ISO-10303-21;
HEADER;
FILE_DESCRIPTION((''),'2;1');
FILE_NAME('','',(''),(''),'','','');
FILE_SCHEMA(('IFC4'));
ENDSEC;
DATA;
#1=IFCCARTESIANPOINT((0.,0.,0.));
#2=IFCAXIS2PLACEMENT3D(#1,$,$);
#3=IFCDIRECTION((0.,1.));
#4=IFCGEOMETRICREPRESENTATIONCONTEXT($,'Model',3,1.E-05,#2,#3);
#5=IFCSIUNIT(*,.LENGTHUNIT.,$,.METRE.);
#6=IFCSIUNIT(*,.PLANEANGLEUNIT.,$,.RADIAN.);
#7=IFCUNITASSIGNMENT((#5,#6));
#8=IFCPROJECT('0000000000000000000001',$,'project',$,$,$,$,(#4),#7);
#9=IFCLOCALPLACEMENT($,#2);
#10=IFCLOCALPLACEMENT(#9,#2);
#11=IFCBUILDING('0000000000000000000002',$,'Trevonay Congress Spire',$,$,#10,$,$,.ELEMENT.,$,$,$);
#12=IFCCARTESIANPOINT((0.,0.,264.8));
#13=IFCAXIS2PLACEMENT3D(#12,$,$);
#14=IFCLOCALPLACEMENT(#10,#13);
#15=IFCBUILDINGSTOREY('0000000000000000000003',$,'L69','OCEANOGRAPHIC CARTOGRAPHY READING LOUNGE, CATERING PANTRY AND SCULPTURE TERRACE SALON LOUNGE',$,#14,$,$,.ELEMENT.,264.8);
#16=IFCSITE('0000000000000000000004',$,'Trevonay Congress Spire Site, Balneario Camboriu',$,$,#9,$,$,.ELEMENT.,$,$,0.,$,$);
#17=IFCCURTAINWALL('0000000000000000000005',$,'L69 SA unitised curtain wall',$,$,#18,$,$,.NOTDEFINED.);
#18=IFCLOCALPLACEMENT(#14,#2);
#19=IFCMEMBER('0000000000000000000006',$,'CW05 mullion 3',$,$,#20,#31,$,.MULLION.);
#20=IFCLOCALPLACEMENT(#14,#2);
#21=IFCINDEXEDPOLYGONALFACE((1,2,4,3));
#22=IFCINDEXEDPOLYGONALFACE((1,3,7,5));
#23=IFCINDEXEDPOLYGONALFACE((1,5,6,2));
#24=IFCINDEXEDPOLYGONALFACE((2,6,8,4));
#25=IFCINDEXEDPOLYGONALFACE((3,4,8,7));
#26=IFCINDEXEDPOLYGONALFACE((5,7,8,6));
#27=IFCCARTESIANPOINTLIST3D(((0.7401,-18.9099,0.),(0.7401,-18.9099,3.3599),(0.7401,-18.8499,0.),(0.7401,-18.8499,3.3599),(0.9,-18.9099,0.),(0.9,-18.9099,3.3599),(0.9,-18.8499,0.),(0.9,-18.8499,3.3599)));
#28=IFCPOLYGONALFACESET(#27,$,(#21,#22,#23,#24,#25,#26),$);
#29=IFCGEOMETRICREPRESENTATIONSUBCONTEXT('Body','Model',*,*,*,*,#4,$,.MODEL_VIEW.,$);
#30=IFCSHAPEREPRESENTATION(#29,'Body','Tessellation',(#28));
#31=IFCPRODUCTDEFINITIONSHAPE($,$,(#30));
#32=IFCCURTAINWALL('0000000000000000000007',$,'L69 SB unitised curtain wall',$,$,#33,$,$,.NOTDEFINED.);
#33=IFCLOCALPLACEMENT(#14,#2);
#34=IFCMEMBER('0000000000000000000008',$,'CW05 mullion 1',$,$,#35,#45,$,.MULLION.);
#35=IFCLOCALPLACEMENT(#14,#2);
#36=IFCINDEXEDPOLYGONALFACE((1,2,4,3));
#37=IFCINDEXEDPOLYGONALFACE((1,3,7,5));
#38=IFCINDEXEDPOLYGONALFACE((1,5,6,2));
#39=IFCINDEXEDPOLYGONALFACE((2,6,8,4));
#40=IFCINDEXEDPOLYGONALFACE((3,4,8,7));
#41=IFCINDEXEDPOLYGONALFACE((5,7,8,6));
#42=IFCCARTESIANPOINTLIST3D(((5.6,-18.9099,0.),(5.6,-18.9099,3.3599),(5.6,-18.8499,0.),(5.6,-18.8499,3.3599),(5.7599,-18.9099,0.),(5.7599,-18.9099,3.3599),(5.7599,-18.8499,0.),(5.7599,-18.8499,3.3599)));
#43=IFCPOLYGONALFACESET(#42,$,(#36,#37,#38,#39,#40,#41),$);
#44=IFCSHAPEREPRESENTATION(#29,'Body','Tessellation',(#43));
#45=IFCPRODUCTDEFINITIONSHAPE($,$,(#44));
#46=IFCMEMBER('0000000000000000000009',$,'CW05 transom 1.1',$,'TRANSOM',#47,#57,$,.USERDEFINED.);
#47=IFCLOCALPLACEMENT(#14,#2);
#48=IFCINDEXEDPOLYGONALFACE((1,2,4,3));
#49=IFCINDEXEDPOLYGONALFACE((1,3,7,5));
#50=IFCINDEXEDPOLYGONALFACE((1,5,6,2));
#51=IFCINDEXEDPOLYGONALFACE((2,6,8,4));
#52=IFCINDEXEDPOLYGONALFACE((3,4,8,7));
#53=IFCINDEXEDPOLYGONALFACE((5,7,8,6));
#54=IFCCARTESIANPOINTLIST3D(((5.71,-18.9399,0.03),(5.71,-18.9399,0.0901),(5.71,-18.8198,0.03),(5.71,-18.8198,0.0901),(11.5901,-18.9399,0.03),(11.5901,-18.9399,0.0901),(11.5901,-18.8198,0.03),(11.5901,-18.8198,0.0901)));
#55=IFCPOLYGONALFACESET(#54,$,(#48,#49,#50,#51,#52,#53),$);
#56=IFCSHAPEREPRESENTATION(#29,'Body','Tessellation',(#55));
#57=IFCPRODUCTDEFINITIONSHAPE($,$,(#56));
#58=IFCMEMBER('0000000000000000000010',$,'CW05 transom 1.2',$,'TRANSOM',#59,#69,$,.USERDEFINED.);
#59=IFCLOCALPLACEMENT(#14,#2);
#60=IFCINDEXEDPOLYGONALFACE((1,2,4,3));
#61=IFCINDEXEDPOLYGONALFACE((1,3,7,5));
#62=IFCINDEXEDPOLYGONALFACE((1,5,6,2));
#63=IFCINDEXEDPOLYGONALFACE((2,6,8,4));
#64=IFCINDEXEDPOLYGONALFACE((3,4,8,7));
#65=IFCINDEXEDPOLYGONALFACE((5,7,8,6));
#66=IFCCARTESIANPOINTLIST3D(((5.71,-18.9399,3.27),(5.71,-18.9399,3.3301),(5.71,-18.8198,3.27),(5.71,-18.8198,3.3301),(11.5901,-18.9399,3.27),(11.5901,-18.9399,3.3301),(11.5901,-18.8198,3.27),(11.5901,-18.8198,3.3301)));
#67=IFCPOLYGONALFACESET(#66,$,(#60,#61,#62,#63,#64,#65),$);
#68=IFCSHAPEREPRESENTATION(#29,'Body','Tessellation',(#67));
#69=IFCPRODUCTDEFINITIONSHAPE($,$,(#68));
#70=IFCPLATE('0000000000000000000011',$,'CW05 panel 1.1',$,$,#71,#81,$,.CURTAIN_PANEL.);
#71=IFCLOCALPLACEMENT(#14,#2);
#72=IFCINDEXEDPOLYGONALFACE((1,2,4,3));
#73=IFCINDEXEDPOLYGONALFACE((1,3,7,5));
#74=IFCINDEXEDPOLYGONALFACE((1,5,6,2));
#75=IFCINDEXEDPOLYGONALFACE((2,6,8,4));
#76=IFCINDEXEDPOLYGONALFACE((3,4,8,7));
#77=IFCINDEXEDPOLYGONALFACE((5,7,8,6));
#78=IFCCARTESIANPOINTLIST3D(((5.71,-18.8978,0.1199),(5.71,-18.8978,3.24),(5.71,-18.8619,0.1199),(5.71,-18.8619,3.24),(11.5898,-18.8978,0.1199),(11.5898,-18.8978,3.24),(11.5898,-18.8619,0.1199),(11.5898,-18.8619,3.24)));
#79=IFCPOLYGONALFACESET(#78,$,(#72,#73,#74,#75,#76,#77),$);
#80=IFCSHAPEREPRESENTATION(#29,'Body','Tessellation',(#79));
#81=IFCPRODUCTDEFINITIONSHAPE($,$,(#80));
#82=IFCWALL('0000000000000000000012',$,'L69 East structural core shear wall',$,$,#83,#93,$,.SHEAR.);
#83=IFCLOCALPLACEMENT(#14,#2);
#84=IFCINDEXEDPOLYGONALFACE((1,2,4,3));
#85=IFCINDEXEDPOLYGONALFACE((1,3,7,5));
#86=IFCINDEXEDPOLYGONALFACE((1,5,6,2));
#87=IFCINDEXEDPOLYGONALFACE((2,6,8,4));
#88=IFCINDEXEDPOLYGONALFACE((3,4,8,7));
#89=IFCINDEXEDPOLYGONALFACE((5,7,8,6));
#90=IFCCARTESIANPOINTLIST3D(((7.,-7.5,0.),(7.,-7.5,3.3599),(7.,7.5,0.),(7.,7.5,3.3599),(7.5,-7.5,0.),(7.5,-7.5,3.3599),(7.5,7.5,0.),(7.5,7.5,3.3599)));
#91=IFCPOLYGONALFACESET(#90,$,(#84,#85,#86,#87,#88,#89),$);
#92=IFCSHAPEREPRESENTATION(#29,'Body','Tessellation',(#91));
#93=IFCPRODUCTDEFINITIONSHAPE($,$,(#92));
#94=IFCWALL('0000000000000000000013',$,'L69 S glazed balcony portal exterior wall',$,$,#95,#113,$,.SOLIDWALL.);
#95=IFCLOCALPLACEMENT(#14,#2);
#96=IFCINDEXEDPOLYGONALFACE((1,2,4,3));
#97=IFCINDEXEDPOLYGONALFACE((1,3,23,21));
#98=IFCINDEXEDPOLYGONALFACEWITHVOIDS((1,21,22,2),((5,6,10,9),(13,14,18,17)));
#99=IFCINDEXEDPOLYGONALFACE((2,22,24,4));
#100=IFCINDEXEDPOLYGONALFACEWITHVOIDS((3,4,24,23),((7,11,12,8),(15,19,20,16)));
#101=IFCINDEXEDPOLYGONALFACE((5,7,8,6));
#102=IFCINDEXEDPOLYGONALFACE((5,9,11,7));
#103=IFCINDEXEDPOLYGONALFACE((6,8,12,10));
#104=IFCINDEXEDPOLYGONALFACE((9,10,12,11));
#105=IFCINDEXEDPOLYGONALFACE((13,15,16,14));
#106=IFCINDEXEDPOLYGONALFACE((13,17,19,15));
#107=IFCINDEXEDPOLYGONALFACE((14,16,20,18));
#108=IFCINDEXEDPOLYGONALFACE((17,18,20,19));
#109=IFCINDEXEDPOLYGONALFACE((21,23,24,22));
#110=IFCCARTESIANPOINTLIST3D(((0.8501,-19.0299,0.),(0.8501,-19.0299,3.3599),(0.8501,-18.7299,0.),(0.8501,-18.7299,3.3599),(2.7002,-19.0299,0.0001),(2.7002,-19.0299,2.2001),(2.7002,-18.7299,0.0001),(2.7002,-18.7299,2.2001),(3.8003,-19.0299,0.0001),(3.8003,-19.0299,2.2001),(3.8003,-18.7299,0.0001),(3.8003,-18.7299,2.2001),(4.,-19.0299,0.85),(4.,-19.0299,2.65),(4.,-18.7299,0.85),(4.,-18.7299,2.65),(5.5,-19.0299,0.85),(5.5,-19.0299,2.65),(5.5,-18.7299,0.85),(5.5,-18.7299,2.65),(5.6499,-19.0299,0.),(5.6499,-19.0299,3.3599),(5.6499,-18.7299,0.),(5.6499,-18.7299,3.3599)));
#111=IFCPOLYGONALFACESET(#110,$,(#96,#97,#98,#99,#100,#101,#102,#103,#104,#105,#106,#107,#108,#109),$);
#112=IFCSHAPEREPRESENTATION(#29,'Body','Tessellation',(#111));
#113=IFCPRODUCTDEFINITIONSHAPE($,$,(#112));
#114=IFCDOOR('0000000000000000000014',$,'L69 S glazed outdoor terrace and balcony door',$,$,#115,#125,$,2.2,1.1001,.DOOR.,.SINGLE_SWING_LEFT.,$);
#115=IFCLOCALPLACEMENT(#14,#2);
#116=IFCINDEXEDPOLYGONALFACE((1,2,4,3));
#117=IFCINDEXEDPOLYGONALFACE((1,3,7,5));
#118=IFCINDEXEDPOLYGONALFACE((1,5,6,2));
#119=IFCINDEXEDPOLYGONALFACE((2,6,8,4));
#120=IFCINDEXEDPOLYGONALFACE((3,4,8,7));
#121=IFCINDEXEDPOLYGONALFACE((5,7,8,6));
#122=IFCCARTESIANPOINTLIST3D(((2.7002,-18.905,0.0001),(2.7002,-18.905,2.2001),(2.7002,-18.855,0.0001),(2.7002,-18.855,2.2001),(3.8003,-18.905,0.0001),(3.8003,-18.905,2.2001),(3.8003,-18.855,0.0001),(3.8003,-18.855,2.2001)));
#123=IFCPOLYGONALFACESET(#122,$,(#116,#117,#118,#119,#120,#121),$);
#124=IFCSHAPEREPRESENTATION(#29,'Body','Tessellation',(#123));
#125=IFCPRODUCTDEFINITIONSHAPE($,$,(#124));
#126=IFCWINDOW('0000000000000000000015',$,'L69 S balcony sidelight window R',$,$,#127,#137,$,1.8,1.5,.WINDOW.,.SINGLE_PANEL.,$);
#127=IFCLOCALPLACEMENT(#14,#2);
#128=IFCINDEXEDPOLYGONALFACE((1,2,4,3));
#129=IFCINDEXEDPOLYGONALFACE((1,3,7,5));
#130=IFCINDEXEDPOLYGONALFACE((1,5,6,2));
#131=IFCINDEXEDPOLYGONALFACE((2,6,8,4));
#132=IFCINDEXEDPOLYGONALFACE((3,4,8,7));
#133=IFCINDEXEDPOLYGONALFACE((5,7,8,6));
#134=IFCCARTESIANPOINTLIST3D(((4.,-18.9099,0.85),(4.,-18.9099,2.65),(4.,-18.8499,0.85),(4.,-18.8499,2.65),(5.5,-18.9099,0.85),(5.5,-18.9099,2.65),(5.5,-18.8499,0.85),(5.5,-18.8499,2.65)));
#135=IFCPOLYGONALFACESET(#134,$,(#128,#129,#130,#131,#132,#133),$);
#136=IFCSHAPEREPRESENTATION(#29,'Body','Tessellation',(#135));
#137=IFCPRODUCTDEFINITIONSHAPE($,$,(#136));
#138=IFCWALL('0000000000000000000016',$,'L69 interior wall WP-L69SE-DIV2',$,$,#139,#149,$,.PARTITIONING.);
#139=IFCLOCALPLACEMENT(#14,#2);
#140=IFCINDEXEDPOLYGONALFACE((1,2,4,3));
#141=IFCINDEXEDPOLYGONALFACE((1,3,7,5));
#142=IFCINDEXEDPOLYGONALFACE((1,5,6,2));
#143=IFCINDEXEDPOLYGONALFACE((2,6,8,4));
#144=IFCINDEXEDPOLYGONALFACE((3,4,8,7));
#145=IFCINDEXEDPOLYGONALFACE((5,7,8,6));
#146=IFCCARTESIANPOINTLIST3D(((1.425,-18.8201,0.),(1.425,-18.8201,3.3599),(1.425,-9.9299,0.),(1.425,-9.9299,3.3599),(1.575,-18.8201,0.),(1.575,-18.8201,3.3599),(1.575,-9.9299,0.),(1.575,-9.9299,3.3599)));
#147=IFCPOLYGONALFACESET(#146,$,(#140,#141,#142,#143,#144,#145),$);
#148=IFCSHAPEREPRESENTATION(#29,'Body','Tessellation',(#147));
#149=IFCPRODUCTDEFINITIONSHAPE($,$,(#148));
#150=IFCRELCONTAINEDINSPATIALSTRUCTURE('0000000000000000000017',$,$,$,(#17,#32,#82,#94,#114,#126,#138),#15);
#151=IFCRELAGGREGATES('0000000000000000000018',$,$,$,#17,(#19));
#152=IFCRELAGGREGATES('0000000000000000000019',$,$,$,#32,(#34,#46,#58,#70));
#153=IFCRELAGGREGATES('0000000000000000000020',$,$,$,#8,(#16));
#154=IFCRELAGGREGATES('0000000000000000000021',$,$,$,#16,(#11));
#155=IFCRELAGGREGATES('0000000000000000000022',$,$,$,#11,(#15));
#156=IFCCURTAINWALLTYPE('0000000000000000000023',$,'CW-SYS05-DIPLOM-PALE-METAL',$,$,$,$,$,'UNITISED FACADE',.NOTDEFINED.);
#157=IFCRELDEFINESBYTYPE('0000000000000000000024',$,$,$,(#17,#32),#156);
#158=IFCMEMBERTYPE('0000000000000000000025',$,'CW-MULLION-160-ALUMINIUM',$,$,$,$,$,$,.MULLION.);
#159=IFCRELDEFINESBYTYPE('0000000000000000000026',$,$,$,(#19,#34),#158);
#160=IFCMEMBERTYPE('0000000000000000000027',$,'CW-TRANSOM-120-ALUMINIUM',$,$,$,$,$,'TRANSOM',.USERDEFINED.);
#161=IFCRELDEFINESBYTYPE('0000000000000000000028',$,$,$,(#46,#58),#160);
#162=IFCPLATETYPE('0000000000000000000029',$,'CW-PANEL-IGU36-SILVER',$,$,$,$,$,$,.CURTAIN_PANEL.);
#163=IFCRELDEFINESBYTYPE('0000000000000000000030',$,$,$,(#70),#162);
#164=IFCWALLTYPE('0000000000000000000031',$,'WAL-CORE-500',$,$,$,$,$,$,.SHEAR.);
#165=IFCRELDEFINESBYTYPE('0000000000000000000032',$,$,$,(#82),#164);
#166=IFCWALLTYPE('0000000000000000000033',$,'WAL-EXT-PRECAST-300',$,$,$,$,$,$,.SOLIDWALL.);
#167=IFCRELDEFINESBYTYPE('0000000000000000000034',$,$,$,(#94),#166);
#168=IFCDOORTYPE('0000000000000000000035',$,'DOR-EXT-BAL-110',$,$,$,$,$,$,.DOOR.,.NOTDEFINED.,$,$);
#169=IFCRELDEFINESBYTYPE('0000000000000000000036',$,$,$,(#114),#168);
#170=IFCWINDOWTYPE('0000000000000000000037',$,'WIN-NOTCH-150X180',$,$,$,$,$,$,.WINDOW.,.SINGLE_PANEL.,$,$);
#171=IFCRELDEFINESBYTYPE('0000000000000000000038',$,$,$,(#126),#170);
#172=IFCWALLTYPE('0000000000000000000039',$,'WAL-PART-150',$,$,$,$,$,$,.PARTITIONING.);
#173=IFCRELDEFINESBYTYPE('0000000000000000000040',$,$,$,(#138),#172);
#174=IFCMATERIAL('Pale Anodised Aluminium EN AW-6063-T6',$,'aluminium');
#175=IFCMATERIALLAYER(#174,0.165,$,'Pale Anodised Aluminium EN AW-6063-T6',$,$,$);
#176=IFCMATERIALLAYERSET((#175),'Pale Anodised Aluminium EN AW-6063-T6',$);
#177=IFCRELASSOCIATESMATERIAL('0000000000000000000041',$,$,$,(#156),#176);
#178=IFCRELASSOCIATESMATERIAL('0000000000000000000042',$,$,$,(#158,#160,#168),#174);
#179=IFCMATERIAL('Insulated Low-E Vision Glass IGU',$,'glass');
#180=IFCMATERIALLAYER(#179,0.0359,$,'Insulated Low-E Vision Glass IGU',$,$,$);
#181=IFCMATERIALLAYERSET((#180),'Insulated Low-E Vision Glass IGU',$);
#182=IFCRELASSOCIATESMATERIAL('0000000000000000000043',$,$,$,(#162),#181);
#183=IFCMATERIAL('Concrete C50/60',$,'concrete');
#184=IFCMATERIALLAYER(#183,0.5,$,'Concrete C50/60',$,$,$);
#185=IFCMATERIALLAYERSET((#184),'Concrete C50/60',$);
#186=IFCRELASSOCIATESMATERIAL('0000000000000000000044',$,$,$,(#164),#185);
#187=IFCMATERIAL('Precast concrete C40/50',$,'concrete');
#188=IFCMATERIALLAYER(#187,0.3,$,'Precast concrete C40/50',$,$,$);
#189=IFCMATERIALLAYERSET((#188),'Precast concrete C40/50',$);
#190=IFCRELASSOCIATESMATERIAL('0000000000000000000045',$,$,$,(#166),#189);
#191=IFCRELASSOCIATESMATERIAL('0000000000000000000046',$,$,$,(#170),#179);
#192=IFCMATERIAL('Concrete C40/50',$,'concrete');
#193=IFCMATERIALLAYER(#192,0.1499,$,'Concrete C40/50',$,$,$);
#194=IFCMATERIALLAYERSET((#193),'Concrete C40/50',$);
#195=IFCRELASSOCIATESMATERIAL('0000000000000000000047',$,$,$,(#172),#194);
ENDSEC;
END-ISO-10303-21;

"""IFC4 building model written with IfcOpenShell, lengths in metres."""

from ifc_helpers import new_model, si_unit, direction, frame, frame_2d, origin, origin_2d, place, context, subcontext, project, spatial, rectangle, extrude, material, layer, layer_set, material_profile, profile_set, type_object, element, fill, aggregate, save


model = new_model("IFC4")

# Units and contexts
model_context = context("Model", 3, precision=1e-05, world=origin(), true_north=direction((0.0, 1.0)))
body_context = subcontext(model_context, "Body", "Model", "MODEL_VIEW")
ifc_project = project(units=[si_unit("LENGTHUNIT", "METRE"), si_unit("PLANEANGLEUNIT", "RADIAN")], contexts=[model_context])

# Site, building, storey
site_placement = place(None, origin())
site = spatial("IfcSite", under=ifc_project, at=site_placement, Name="Trevonay Congress Spire Site, Balneario Camboriu", CompositionType="ELEMENT", RefElevation=0.0)
building_placement = place(site_placement, origin())
building = spatial("IfcBuilding", under=site, at=building_placement, Name="Trevonay Congress Spire", CompositionType="ELEMENT")
storey_placement = place(building_placement, frame((0.0, 0.0, 264.8)))
storey = spatial("IfcBuildingStorey", under=building, at=storey_placement, Name="L69", Description="OCEANOGRAPHIC CARTOGRAPHY READING LOUNGE, CATERING PANTRY AND SCULPTURE TERRACE SALON LOUNGE", CompositionType="ELEMENT", Elevation=264.8)

# Curtain wall, member
ifc_material_1 = material(Name="Pale Anodised Aluminium EN AW-6063-T6", Category="aluminium")
ifc_layer_1 = layer(ifc_material_1, 0.165, Name="Pale Anodised Aluminium EN AW-6063-T6")
ifc_layer_set_1 = layer_set([ifc_layer_1], Name="Pale Anodised Aluminium EN AW-6063-T6")
curtain_wall_type = type_object("IfcCurtainWallType", Name="CW-SYS05-DIPLOM-PALE-METAL", ElementType="UNITISED FACADE", PredefinedType="NOTDEFINED", material=ifc_layer_set_1)
curtain_wall_1_placement = place(storey_placement, origin())
curtain_wall_1 = element("IfcCurtainWall", 1, at=curtain_wall_1_placement, inside=storey, type_object=curtain_wall_type, Name="L69 SA unitised curtain wall", PredefinedType="NOTDEFINED")
ifc_material_profile_1 = material_profile(ifc_material_1, rectangle(XDim=0.0601, YDim=0.1599, at=origin_2d()), Name="CW-MULLION-160-ALUMINIUM")
ifc_profile_set_1 = profile_set([ifc_material_profile_1], Name="Pale Anodised Aluminium EN AW-6063-T6")
member_type_1 = type_object("IfcMemberType", Name="CW-MULLION-160-ALUMINIUM", PredefinedType="MULLION", material=ifc_profile_set_1)
member_1_placement = place(storey_placement, frame((0.8201, -18.8799, 0.0), z_axis=(0.0, 0.0, 1.0), x_axis=(0.0, 1.0, 0.0)))
member_1 = element("IfcMember", 2, at=member_1_placement, type_object=member_type_1, Name="CW05 mullion 3", PredefinedType="MULLION", context=body_context, shape_type="SweptSolid", body=[
    extrude(rectangle(XDim=0.0601, YDim=0.1599, at=origin_2d()), origin(), (0.0, 0.0, 1.0), 3.3599),
])
aggregate(curtain_wall_1, [member_1])

# Curtain wall, members, plate
curtain_wall_2_placement = place(storey_placement, origin())
curtain_wall_2 = element("IfcCurtainWall", 3, at=curtain_wall_2_placement, inside=storey, type_object=curtain_wall_type, Name="L69 SB unitised curtain wall", PredefinedType="NOTDEFINED")
member_2_placement = place(storey_placement, frame((5.6799, -18.8799, 0.0), z_axis=(0.0, 0.0, 1.0), x_axis=(0.0, 1.0, 0.0)))
member_2 = element("IfcMember", 4, at=member_2_placement, type_object=member_type_1, Name="CW05 mullion 1", PredefinedType="MULLION", context=body_context, shape_type="SweptSolid", body=[
    extrude(rectangle(XDim=0.0601, YDim=0.1599, at=origin_2d()), origin(), (0.0, 0.0, 1.0), 3.3599),
])
ifc_material_profile_2 = material_profile(ifc_material_1, rectangle(XDim=0.1201, YDim=0.0601, at=origin_2d()), Name="CW-TRANSOM-120-ALUMINIUM")
ifc_profile_set_2 = profile_set([ifc_material_profile_2], Name="Pale Anodised Aluminium EN AW-6063-T6")
member_type_2 = type_object("IfcMemberType", Name="CW-TRANSOM-120-ALUMINIUM", ElementType="TRANSOM", PredefinedType="USERDEFINED", material=ifc_profile_set_2)
member_3_placement = place(storey_placement, frame((5.71, -18.8799, 0.0601), z_axis=(1.0, 0.0, 0.0), x_axis=(0.0, 1.0, 0.0)))
member_3 = element("IfcMember", 5, at=member_3_placement, type_object=member_type_2, Name="CW05 transom 1.1", ObjectType="TRANSOM", PredefinedType="USERDEFINED", context=body_context, shape_type="SweptSolid", body=[
    extrude(rectangle(XDim=0.1201, YDim=0.0601, at=origin_2d()), origin(), (0.0, 0.0, 1.0), 5.8801),
])
member_4_placement = place(storey_placement, frame((5.71, -18.8799, 3.3), z_axis=(1.0, 0.0, 0.0), x_axis=(0.0, 1.0, 0.0)))
member_4 = element("IfcMember", 6, at=member_4_placement, type_object=member_type_2, Name="CW05 transom 1.2", ObjectType="TRANSOM", PredefinedType="USERDEFINED", context=body_context, shape_type="SweptSolid", body=[
    extrude(rectangle(XDim=0.1201, YDim=0.0601, at=origin_2d()), origin(), (0.0, 0.0, 1.0), 5.8801),
])
ifc_material_2 = material(Name="Insulated Low-E Vision Glass IGU", Category="glass")
ifc_layer_2 = layer(ifc_material_2, 0.0359, Name="Insulated Low-E Vision Glass IGU")
ifc_layer_set_2 = layer_set([ifc_layer_2], Name="Insulated Low-E Vision Glass IGU")
plate_type = type_object("IfcPlateType", Name="CW-PANEL-IGU36-SILVER", PredefinedType="CURTAIN_PANEL", material=ifc_layer_set_2)
plate_placement = place(storey_placement, frame((8.6499, -18.8799, 0.1199), z_axis=(0.0, 0.0, 1.0), x_axis=(1.0, 0.0, 0.0)))
plate = element("IfcPlate", 7, at=plate_placement, type_object=plate_type, Name="CW05 panel 1.1", PredefinedType="CURTAIN_PANEL", context=body_context, shape_type="SweptSolid", body=[
    extrude(rectangle(XDim=5.8799, YDim=0.0359, at=origin_2d()), origin(), (0.0, 0.0, 1.0), 3.1201),
])
aggregate(curtain_wall_2, [member_2, member_3, member_4, plate])

# Wall
ifc_material_3 = material(Name="Concrete C50/60", Category="concrete")
ifc_layer_3 = layer(ifc_material_3, 0.5, Name="Concrete C50/60")
ifc_layer_set_3 = layer_set([ifc_layer_3], Name="Concrete C50/60")
wall_type_1 = type_object("IfcWallType", Name="WAL-CORE-500", PredefinedType="SHEAR", material=ifc_layer_set_3)
wall_1_placement = place(storey_placement, frame((7.25, -7.5, 0.0), z_axis=(0.0, 0.0, 1.0), x_axis=(0.0, 1.0, 0.0)))
element("IfcWall", 8, at=wall_1_placement, inside=storey, type_object=wall_type_1, Name="L69 East structural core shear wall", PredefinedType="SHEAR", context=body_context, shape_type="SweptSolid", body=[
    extrude(rectangle(XDim=15.0, YDim=0.5, at=frame_2d((7.5, 0.0))), origin(), (0.0, 0.0, 1.0), 3.3599),
])

# Wall, openings, door, window
ifc_material_4 = material(Name="Precast concrete C40/50", Category="concrete")
ifc_layer_4 = layer(ifc_material_4, 0.3, Name="Precast concrete C40/50")
ifc_layer_set_4 = layer_set([ifc_layer_4], Name="Precast concrete C40/50")
wall_type_2 = type_object("IfcWallType", Name="WAL-EXT-PRECAST-300", PredefinedType="SOLIDWALL", material=ifc_layer_set_4)
wall_2_placement = place(storey_placement, frame((0.8501, -18.8799, 0.0), z_axis=(0.0, 0.0, 1.0), x_axis=(1.0, 0.0, 0.0)))
wall_2 = element("IfcWall", 9, at=wall_2_placement, inside=storey, type_object=wall_type_2, Name="L69 S glazed balcony portal exterior wall", PredefinedType="SOLIDWALL", context=body_context, shape_type="SweptSolid", body=[
    extrude(rectangle(XDim=4.7998, YDim=0.3, at=frame_2d((2.3999, 0.0))), origin(), (0.0, 0.0, 1.0), 3.3599),
])
opening_1_placement = place(wall_2_placement, frame((1.8501, 0.0, 0.0)))
opening_1 = element("IfcOpeningElement", 10, at=opening_1_placement, cuts=wall_2, PredefinedType="OPENING", context=body_context, shape_type="SweptSolid", body=[
    extrude(rectangle(XDim=1.1001, YDim=2.2, at=frame_2d((0.55, 1.1001))), frame((0.0, 0.1602, 0.0), z_axis=(0.0, -1.0, 0.0), x_axis=(1.0, 0.0, 0.0)), (0.0, 0.0, 1.0), 0.3201),
])
opening_2_placement = place(wall_2_placement, frame((3.1499, 0.0, 0.8501)))
opening_2 = element("IfcOpeningElement", 11, at=opening_2_placement, cuts=wall_2, PredefinedType="OPENING", context=body_context, shape_type="SweptSolid", body=[
    extrude(rectangle(XDim=1.5, YDim=1.8, at=frame_2d((0.75, 0.8999))), frame((0.0, 0.1602, 0.0), z_axis=(0.0, -1.0, 0.0), x_axis=(1.0, 0.0, 0.0)), (0.0, 0.0, 1.0), 0.3201),
])
door_type = type_object("IfcDoorType", Name="DOR-EXT-BAL-110", OperationType="NOTDEFINED", PredefinedType="DOOR", material=ifc_material_1)
door_placement = place(opening_1_placement, origin())
door = element("IfcDoor", 12, at=door_placement, inside=storey, type_object=door_type, Name="L69 S glazed outdoor terrace and balcony door", OperationType="SINGLE_SWING_LEFT", OverallHeight=2.2, OverallWidth=1.1001, PredefinedType="DOOR", context=body_context, shape_type="SweptSolid", body=[
    extrude(rectangle(XDim=1.1001, YDim=2.2, at=frame_2d((0.55, 1.1001))), frame((0.0, 0.0249, 0.0), z_axis=(0.0, -1.0, 0.0), x_axis=(1.0, 0.0, 0.0)), (0.0, 0.0, 1.0), 0.05),
])
fill(opening_1, door)
window_type = type_object("IfcWindowType", Name="WIN-NOTCH-150X180", PartitioningType="SINGLE_PANEL", PredefinedType="WINDOW", material=ifc_material_2)
window_placement = place(opening_2_placement, origin())
window = element("IfcWindow", 13, at=window_placement, inside=storey, type_object=window_type, Name="L69 S balcony sidelight window R", OverallHeight=1.8, OverallWidth=1.5, PartitioningType="SINGLE_PANEL", PredefinedType="WINDOW", context=body_context, shape_type="SweptSolid", body=[
    extrude(rectangle(XDim=1.5, YDim=1.8, at=frame_2d((0.75, 0.8999))), frame((0.0, 0.03, 0.0), z_axis=(0.0, -1.0, 0.0), x_axis=(1.0, 0.0, 0.0)), (0.0, 0.0, 1.0), 0.0601),
])
fill(opening_2, window)

# Wall
ifc_material_5 = material(Name="Concrete C40/50", Category="concrete")
ifc_layer_5 = layer(ifc_material_5, 0.1499, Name="Concrete C40/50")
ifc_layer_set_5 = layer_set([ifc_layer_5], Name="Concrete C40/50")
wall_type_3 = type_object("IfcWallType", Name="WAL-PART-150", PredefinedType="PARTITIONING", material=ifc_layer_set_5)
wall_3_placement = place(storey_placement, frame((1.5, -18.8201, 0.0), z_axis=(0.0, 0.0, 1.0), x_axis=(0.0, 1.0, 0.0)))
element("IfcWall", 14, at=wall_3_placement, inside=storey, type_object=wall_type_3, Name="L69 interior wall WP-L69SE-DIV2", PredefinedType="PARTITIONING", context=body_context, shape_type="SweptSolid", body=[
    extrude(rectangle(XDim=8.8901, YDim=0.1499, at=frame_2d((4.4451, 0.0))), origin(), (0.0, 0.0, 1.0), 3.3599),
])

save(model, "model.ifc")
